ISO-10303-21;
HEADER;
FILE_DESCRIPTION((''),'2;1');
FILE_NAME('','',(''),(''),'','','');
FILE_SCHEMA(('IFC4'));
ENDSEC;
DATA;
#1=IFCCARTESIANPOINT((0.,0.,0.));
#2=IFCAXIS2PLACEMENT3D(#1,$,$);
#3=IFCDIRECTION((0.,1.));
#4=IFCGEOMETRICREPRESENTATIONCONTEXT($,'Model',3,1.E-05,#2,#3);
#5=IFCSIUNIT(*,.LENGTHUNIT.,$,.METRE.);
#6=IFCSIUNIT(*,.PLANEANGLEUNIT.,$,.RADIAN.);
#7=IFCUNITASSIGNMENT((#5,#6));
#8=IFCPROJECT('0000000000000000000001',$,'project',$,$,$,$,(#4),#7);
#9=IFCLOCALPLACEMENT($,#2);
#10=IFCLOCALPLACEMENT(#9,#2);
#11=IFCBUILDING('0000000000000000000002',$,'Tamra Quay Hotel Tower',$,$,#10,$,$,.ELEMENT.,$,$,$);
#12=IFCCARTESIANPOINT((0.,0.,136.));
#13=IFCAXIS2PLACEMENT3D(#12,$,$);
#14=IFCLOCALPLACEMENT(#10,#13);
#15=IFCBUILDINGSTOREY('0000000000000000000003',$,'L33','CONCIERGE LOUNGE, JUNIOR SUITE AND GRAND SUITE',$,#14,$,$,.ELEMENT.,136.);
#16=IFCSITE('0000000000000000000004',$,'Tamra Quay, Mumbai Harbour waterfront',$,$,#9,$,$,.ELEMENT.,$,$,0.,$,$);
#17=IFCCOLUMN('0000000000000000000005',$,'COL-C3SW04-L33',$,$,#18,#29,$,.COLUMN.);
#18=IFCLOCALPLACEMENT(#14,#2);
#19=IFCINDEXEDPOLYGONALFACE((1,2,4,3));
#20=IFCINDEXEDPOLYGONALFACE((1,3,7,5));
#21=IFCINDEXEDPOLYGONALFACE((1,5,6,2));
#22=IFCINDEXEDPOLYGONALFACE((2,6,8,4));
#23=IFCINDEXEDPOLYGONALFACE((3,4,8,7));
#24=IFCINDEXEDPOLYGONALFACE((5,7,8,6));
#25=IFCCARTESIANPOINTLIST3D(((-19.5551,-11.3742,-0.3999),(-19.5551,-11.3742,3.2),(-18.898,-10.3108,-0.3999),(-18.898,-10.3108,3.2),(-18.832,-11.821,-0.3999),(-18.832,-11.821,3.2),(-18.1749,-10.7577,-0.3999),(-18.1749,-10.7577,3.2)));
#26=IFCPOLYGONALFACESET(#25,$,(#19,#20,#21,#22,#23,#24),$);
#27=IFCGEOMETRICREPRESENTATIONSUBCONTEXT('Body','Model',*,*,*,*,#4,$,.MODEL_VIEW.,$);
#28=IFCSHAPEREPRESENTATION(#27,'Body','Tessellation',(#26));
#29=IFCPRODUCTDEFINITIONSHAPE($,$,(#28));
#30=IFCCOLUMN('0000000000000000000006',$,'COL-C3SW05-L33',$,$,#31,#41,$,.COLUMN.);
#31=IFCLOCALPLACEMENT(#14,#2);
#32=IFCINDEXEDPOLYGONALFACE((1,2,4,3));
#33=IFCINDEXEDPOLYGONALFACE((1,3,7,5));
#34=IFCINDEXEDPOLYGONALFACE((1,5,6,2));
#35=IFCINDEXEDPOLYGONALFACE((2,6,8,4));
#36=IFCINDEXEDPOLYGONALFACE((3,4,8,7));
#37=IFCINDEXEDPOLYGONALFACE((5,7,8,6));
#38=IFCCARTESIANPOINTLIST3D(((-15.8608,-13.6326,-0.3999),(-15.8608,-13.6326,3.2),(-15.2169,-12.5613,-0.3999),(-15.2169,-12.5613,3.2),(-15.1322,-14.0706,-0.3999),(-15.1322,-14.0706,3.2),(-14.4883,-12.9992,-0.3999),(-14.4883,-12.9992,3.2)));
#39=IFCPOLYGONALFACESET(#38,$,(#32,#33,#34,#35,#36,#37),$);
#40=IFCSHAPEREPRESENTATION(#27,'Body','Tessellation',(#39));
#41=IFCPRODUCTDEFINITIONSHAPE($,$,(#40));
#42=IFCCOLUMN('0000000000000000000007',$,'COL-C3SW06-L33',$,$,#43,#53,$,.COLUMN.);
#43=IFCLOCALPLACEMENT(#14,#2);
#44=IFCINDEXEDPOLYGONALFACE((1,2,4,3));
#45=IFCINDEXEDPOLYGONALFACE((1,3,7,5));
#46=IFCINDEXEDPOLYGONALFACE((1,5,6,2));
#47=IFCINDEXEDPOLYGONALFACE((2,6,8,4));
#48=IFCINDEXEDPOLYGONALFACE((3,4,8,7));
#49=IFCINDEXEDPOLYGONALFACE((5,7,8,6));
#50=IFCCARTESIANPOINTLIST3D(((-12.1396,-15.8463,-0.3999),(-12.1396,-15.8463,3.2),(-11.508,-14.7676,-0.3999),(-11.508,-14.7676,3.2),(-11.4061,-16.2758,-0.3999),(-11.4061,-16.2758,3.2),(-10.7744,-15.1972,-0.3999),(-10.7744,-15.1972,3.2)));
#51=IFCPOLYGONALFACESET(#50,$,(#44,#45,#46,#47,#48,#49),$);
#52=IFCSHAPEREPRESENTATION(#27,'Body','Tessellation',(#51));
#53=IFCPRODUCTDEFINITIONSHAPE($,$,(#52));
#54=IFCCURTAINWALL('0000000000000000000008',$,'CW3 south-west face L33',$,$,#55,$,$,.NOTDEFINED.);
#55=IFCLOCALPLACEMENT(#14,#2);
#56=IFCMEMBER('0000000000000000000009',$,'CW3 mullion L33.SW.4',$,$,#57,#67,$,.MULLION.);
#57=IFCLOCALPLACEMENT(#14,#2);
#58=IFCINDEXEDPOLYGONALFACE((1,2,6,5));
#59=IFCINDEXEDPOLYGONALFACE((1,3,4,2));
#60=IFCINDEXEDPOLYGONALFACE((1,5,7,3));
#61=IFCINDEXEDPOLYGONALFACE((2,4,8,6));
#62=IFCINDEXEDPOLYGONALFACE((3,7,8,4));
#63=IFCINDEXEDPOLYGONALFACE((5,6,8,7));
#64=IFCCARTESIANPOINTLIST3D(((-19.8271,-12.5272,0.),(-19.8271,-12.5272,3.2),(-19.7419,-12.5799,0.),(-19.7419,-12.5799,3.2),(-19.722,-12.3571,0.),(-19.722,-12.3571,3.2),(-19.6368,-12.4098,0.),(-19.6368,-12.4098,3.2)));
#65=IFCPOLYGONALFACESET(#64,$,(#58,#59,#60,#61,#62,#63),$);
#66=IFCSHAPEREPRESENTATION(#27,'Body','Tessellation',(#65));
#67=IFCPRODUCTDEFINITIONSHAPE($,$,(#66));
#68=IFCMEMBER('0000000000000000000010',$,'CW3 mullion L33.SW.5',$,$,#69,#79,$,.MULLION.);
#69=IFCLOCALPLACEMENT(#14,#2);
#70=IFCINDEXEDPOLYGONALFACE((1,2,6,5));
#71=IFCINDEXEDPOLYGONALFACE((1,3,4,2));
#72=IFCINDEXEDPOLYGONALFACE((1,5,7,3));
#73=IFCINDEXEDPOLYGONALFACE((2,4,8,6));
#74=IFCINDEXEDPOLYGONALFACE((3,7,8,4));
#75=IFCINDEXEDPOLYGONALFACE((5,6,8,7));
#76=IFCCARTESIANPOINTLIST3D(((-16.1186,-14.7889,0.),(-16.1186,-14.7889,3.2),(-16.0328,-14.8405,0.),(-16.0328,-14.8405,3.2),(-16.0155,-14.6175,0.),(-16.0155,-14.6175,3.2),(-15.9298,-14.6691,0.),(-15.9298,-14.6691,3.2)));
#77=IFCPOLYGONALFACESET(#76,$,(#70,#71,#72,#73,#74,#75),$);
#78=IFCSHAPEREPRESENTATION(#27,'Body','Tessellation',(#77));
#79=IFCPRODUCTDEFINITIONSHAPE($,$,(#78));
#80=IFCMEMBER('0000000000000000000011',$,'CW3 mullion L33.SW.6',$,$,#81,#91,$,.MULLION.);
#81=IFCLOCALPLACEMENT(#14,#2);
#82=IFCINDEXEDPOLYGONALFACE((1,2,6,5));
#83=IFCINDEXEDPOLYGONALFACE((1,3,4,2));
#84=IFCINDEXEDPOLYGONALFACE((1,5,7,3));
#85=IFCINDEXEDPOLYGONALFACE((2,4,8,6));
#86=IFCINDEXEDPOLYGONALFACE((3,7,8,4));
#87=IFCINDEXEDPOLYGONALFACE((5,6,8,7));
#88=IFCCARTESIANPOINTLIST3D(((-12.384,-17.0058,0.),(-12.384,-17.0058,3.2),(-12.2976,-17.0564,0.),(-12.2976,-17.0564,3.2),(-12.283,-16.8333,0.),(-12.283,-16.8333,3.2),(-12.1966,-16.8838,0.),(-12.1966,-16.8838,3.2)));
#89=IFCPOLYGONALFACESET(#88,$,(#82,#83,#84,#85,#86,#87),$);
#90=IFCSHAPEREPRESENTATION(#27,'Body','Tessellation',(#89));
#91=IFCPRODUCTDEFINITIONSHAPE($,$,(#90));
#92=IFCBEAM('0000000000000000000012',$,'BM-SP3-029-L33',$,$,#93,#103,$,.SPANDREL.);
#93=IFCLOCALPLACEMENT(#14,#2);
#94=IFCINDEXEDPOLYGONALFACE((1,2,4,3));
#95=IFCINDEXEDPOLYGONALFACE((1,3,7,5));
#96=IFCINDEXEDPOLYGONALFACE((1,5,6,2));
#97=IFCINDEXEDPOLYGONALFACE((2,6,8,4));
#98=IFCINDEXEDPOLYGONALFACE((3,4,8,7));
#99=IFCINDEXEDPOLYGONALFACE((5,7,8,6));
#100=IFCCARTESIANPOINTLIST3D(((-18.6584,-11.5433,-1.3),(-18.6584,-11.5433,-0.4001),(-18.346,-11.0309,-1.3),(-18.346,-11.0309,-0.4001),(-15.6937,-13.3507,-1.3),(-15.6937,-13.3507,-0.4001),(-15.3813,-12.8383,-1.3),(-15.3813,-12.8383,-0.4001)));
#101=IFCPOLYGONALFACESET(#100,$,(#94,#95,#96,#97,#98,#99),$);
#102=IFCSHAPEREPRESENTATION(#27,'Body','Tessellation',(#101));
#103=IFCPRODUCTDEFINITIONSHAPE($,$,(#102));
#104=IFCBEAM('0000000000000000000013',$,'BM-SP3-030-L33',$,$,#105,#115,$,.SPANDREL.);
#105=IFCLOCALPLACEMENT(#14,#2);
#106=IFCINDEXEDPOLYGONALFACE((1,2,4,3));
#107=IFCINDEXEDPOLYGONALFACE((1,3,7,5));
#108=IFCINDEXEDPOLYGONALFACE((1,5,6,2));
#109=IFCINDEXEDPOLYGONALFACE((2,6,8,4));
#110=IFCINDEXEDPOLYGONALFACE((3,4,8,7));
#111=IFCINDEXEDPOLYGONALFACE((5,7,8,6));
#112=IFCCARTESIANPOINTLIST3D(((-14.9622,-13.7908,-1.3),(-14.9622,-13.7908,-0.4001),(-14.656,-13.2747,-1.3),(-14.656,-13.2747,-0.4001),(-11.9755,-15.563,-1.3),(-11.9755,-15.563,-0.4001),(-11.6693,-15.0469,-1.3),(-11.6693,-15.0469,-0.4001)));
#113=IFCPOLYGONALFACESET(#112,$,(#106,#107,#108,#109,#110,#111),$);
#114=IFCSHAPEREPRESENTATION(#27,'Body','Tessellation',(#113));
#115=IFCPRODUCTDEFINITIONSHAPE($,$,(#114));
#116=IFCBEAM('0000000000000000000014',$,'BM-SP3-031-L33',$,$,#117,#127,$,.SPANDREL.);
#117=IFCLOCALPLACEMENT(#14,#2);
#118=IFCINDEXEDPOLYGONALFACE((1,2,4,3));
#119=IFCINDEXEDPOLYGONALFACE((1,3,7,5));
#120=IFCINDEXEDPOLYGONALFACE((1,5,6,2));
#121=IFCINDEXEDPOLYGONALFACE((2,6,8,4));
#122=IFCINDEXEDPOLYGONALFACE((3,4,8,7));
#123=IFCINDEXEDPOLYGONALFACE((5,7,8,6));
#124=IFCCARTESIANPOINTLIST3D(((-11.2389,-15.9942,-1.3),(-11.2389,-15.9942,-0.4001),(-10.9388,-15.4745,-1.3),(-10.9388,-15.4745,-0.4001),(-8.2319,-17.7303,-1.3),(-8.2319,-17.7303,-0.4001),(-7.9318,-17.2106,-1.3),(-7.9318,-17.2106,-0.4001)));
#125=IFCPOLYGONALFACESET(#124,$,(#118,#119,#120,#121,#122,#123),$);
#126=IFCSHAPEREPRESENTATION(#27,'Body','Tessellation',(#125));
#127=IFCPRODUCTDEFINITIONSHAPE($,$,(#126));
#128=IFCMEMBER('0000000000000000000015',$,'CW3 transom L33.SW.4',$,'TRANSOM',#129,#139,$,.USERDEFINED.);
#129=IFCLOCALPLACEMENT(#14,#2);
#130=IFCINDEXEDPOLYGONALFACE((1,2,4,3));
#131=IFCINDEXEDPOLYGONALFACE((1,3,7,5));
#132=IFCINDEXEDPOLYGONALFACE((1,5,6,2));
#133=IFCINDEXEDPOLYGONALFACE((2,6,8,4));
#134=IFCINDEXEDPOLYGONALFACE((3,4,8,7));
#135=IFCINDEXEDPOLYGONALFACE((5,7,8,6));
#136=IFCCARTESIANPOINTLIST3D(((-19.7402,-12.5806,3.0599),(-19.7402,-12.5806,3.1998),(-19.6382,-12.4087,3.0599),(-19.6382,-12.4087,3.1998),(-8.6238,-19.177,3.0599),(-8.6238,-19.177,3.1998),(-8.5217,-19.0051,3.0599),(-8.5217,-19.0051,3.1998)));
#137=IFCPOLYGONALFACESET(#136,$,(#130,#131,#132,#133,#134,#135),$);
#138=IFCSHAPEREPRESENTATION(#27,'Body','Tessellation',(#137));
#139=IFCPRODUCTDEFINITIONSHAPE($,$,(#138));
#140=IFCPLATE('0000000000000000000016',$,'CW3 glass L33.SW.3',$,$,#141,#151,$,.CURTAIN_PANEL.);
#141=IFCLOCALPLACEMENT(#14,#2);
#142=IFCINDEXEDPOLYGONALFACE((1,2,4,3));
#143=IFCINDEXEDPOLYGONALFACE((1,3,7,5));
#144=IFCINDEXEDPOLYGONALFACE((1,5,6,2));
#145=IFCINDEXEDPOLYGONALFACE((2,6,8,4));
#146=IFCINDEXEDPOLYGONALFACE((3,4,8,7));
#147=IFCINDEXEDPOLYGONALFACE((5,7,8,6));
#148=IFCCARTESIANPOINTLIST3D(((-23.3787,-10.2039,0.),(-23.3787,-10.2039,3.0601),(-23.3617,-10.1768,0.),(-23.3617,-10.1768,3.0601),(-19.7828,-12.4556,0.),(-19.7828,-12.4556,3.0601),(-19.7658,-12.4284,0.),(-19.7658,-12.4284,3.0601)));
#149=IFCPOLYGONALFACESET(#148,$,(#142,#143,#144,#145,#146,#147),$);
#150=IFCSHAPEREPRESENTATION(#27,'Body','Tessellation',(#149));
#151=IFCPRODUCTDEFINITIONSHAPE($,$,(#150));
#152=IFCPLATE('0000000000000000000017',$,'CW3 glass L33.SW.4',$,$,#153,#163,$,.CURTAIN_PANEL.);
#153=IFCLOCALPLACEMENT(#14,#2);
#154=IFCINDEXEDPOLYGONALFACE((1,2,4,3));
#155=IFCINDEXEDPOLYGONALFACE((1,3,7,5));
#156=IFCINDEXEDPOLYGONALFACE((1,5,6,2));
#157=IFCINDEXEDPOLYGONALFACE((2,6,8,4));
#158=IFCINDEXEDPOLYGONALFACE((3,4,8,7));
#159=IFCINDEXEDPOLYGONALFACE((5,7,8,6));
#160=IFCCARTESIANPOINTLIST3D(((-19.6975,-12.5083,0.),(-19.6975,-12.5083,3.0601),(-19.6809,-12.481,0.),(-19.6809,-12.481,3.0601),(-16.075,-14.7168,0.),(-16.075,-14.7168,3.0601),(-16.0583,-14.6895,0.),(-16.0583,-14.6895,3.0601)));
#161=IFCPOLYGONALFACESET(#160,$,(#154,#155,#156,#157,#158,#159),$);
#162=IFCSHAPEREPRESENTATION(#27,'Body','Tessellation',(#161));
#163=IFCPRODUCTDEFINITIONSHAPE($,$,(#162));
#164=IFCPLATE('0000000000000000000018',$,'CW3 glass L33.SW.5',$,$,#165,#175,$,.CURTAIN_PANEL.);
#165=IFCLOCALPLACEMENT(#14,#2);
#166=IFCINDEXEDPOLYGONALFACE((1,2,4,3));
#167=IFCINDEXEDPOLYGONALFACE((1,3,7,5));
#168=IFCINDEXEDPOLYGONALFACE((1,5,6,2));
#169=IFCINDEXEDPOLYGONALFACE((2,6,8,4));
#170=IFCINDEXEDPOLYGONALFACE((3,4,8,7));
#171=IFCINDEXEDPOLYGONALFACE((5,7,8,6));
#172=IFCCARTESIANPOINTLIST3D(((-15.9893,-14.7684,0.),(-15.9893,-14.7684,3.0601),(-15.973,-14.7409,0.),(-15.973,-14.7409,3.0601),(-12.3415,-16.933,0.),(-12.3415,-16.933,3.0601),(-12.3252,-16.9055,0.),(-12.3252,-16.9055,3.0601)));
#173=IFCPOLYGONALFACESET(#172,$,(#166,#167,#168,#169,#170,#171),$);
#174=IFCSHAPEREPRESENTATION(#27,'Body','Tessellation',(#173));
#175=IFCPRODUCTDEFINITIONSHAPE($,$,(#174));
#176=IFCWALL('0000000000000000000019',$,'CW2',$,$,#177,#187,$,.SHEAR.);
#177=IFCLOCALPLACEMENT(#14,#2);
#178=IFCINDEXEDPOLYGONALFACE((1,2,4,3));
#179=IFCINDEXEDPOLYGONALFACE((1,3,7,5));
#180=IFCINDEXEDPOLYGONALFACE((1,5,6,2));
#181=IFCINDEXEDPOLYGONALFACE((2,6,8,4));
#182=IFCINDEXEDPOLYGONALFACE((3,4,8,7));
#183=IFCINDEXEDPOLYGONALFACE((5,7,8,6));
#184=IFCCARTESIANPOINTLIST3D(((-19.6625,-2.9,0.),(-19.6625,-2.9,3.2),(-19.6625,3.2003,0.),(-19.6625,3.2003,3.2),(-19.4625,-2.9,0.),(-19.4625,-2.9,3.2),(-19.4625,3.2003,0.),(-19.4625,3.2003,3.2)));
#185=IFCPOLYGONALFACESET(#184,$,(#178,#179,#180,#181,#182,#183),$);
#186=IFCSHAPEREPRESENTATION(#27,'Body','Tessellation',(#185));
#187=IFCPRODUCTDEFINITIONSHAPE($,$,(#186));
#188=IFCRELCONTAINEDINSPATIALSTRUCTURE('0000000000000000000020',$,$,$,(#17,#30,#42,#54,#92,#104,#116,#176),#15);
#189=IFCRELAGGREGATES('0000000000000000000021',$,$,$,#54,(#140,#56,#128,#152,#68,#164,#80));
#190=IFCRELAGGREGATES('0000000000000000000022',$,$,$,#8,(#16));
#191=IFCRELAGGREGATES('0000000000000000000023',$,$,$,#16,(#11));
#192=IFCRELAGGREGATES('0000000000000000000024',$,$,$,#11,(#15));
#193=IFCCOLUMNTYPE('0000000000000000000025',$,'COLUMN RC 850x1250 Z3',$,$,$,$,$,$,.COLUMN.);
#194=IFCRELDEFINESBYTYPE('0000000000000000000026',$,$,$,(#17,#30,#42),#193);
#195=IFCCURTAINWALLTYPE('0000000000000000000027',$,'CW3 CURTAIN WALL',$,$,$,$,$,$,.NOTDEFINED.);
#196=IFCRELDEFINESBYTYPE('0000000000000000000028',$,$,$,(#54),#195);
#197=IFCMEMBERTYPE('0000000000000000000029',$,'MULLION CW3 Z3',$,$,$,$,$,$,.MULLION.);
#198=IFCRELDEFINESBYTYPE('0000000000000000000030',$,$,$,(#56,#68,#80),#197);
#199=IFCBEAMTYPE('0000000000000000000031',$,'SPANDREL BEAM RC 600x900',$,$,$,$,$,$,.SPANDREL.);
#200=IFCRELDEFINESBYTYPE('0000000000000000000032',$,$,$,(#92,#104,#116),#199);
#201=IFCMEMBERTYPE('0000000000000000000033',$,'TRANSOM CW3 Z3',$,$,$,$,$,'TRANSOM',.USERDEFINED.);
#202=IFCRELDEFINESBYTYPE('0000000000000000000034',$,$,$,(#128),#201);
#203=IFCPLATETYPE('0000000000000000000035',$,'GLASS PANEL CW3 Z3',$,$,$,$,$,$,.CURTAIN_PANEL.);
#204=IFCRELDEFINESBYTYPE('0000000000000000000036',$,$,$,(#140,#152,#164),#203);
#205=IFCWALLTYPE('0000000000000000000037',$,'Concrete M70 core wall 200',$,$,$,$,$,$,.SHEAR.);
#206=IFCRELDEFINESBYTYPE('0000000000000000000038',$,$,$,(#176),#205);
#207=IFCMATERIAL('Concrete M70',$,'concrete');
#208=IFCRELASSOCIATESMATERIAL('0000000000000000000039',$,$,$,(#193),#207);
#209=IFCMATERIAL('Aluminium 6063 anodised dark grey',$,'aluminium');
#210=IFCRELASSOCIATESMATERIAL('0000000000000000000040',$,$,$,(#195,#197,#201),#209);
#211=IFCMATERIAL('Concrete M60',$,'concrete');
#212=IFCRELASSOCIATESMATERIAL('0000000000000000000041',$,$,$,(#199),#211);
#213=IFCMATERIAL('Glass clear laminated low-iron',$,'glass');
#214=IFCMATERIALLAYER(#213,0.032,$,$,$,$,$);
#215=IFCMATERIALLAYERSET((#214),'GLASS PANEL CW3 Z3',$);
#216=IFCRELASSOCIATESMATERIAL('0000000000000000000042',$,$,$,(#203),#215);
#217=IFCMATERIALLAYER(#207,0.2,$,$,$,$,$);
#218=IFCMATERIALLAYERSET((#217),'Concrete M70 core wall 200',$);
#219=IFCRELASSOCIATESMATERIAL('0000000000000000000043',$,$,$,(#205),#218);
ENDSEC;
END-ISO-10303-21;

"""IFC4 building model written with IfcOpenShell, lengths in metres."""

from ifc_helpers import new_model, si_unit, direction, frame, frame_2d, origin, origin_2d, place, context, subcontext, project, spatial, rectangle, extrude, material, layer, layer_set, material_profile, profile_set, type_object, element, aggregate, save


model = new_model("IFC4")

# Units and contexts
model_context = context("Model", 3, precision=1e-05, world=origin(), true_north=direction((0.0, 1.0)))
body_context = subcontext(model_context, "Body", "Model", "MODEL_VIEW")
ifc_project = project(units=[si_unit("LENGTHUNIT", "METRE"), si_unit("PLANEANGLEUNIT", "RADIAN")], contexts=[model_context])

# Site, building, storey
site_placement = place(None, origin())
site = spatial("IfcSite", under=ifc_project, at=site_placement, Name="Tamra Quay, Mumbai Harbour waterfront", CompositionType="ELEMENT", RefElevation=0.0)
building_placement = place(site_placement, origin())
building = spatial("IfcBuilding", under=site, at=building_placement, Name="Tamra Quay Hotel Tower", CompositionType="ELEMENT")
storey_placement = place(building_placement, frame((0.0, 0.0, 136.0)))
storey = spatial("IfcBuildingStorey", under=building, at=storey_placement, Name="L33", Description="CONCIERGE LOUNGE, JUNIOR SUITE AND GRAND SUITE", CompositionType="ELEMENT", Elevation=136.0)

# Columns
ifc_material_1 = material(Name="Concrete M70", Category="concrete")
ifc_material_profile_1 = material_profile(ifc_material_1, rectangle(XDim=1.25, YDim=0.8501, at=origin_2d()), Name="COLUMN RC 850x1250 Z3")
ifc_profile_set_1 = profile_set([ifc_material_profile_1], Name="Concrete M70")
column_type = type_object("IfcColumnType", Name="COLUMN RC 850x1250 Z3", PredefinedType="COLUMN", material=ifc_profile_set_1)
for number, where, z_axis, x_axis, name in (
    (1, (-18.865, -11.0659, -0.3999), (0.0, 0.0, 1.0), (0.525677, 0.850685, 0.0), "COL-C3SW04-L33"),
    (2, (-15.1746, -13.3159, -0.3999), (0.0, 0.0, 1.0), (0.515162, 0.857093, 0.0), "COL-C3SW05-L33"),
    (3, (-11.457, -15.5217, -0.3999), (0.0, 0.0, 1.0), (0.505325, 0.862929, 0.0), "COL-C3SW06-L33"),
):
    element("IfcColumn", number, at=place(storey_placement, frame(where, z_axis=z_axis, x_axis=x_axis)), inside=storey, type_object=column_type, Name=name, PredefinedType="COLUMN", context=body_context, shape_type="SweptSolid", body=[
        extrude(rectangle(XDim=1.25, YDim=0.8501, at=origin_2d()), origin(), (0.0, 0.0, 1.0), 3.5999),
    ])

# Curtain wall, members
ifc_material_2 = material(Name="Aluminium 6063 anodised dark grey", Category="aluminium")
curtain_wall_type = type_object("IfcCurtainWallType", Name="CW3 CURTAIN WALL", PredefinedType="NOTDEFINED", material=ifc_material_2)
curtain_wall_placement = place(storey_placement, origin())
curtain_wall = element("IfcCurtainWall", 4, at=curtain_wall_placement, inside=storey, type_object=curtain_wall_type, Name="CW3 south-west face L33", PredefinedType="NOTDEFINED")
ifc_material_profile_2 = material_profile(ifc_material_2, rectangle(XDim=0.2, YDim=0.1001, at=origin_2d()), Name="MULLION 100X200")
ifc_profile_set_2 = profile_set([ifc_material_profile_2], Name="Aluminium 6063 anodised dark grey")
member_type_1 = type_object("IfcMemberType", Name="MULLION CW3 Z3", PredefinedType="MULLION", material=ifc_profile_set_2)
member_1_placement = place(storey_placement, frame((-19.7319, -12.4685, 0.0), z_axis=(0.0, 0.0, 1.0), x_axis=(-0.525646, -0.850703, 0.0)))
member_1 = element("IfcMember", 5, at=member_1_placement, type_object=member_type_1, Name="CW3 mullion L33.SW.4", PredefinedType="MULLION", context=body_context, shape_type="SweptSolid", body=[
    extrude(rectangle(XDim=0.2, YDim=0.1001, at=origin_2d()), origin(), (0.0, 0.0, 1.0), 3.2),
])
member_2_placement = place(storey_placement, frame((-16.0242, -14.729, 0.0), z_axis=(0.0, 0.0, 1.0), x_axis=(-0.515445, -0.856923, 0.0)))
member_2 = element("IfcMember", 6, at=member_2_placement, type_object=member_type_1, Name="CW3 mullion L33.SW.5", PredefinedType="MULLION", context=body_context, shape_type="SweptSolid", body=[
    extrude(rectangle(XDim=0.2, YDim=0.1001, at=origin_2d()), origin(), (0.0, 0.0, 1.0), 3.2),
])
member_3_placement = place(storey_placement, frame((-12.2903, -16.9448, 0.0), z_axis=(0.0, 0.0, 1.0), x_axis=(-0.505169, -0.863021, 0.0)))
member_3 = element("IfcMember", 7, at=member_3_placement, type_object=member_type_1, Name="CW3 mullion L33.SW.6", PredefinedType="MULLION", context=body_context, shape_type="SweptSolid", body=[
    extrude(rectangle(XDim=0.2, YDim=0.1001, at=origin_2d()), origin(), (0.0, 0.0, 1.0), 3.2),
])

# Beams
ifc_material_3 = material(Name="Concrete M60", Category="concrete")
ifc_material_profile_3 = material_profile(ifc_material_3, rectangle(XDim=0.6001, YDim=0.8999, at=origin_2d()), Name="SPANDREL BEAM RC 600x900")
ifc_profile_set_3 = profile_set([ifc_material_profile_3], Name="Concrete M60")
beam_type = type_object("IfcBeamType", Name="SPANDREL BEAM RC 600x900", PredefinedType="SPANDREL", material=ifc_profile_set_3)
beam_1_placement = place(storey_placement, frame((-18.5022, -11.2871, -0.8501), z_axis=(0.853836, -0.520542, 0.0), x_axis=(0.520542, 0.853836, 0.0)))
element("IfcBeam", 8, at=beam_1_placement, inside=storey, type_object=beam_type, Name="BM-SP3-029-L33", PredefinedType="SPANDREL", context=body_context, shape_type="SweptSolid", body=[
    extrude(rectangle(XDim=0.6001, YDim=0.8999, at=origin_2d()), origin(), (0.0, 0.0, 1.0), 3.4722),
])
beam_2_placement = place(storey_placement, frame((-14.8091, -13.5327, -0.8501), z_axis=(0.859989, -0.510313, 0.0), x_axis=(0.510313, 0.859989, 0.0)))
element("IfcBeam", 9, at=beam_2_placement, inside=storey, type_object=beam_type, Name="BM-SP3-030-L33", PredefinedType="SPANDREL", context=body_context, shape_type="SweptSolid", body=[
    extrude(rectangle(XDim=0.6001, YDim=0.8999, at=origin_2d()), origin(), (0.0, 0.0, 1.0), 3.4729),
])
beam_3_placement = place(storey_placement, frame((-11.0889, -15.7344, -0.8501), z_axis=(0.866032, -0.499988, 0.0), x_axis=(0.499988, 0.866032, 0.0)))
element("IfcBeam", 10, at=beam_3_placement, inside=storey, type_object=beam_type, Name="BM-SP3-031-L33", PredefinedType="SPANDREL", context=body_context, shape_type="SweptSolid", body=[
    extrude(rectangle(XDim=0.6001, YDim=0.8999, at=origin_2d()), origin(), (0.0, 0.0, 1.0), 3.4722),
])

# Member
ifc_material_profile_4 = material_profile(ifc_material_2, rectangle(XDim=0.2, YDim=0.1399, at=origin_2d()), Name="TRANSOM 200X140")
ifc_profile_set_4 = profile_set([ifc_material_profile_4], Name="Aluminium 6063 anodised dark grey")
member_type_2 = type_object("IfcMemberType", Name="TRANSOM CW3 Z3", ElementType="TRANSOM", PredefinedType="USERDEFINED", material=ifc_profile_set_4)
member_4_placement = place(storey_placement, frame((-19.6892, -12.4946, 3.1299), z_axis=(0.859989, -0.510312, 0.0), x_axis=(0.510312, 0.859989, 0.0)))
member_4 = element("IfcMember", 11, at=member_4_placement, type_object=member_type_2, Name="CW3 transom L33.SW.4", ObjectType="TRANSOM", PredefinedType="USERDEFINED", context=body_context, shape_type="SweptSolid", body=[
    extrude(rectangle(XDim=0.2, YDim=0.1399, at=origin_2d()), origin(), (0.0, 0.0, 1.0), 12.9263),
])

# Plates
ifc_material_4 = material(Name="Glass clear laminated low-iron", Category="glass")
ifc_layer_1 = layer(ifc_material_4, 0.032)
ifc_layer_set_1 = layer_set([ifc_layer_1], Name="GLASS PANEL CW3 Z3")
plate_type = type_object("IfcPlateType", Name="GLASS PANEL CW3 Z3", PredefinedType="CURTAIN_PANEL", material=ifc_layer_set_1)
plate_1_placement = place(storey_placement, frame((-21.5723, -11.3162, 0.0), z_axis=(0.0, 0.0, 1.0), x_axis=(0.847546, -0.530721, 0.0)))
plate_1 = element("IfcPlate", 12, at=plate_1_placement, type_object=plate_type, Name="CW3 glass L33.SW.3", PredefinedType="CURTAIN_PANEL", context=body_context, shape_type="SweptSolid", body=[
    extrude(rectangle(XDim=4.2427, YDim=0.032, at=origin_2d()), origin(), (0.0, 0.0, 1.0), 3.0601),
])
plate_2_placement = place(storey_placement, frame((-17.8779, -13.5989, 0.0), z_axis=(0.0, 0.0, 1.0), x_axis=(0.85383, -0.520552, 0.0)))
plate_2 = element("IfcPlate", 13, at=plate_2_placement, type_object=plate_type, Name="CW3 glass L33.SW.4", PredefinedType="CURTAIN_PANEL", context=body_context, shape_type="SweptSolid", body=[
    extrude(rectangle(XDim=4.2427, YDim=0.032, at=origin_2d()), origin(), (0.0, 0.0, 1.0), 3.0601),
])
plate_3_placement = place(storey_placement, frame((-14.1572, -15.8369, 0.0), z_axis=(0.0, 0.0, 1.0), x_axis=(0.859985, -0.510319, 0.0)))
plate_3 = element("IfcPlate", 14, at=plate_3_placement, type_object=plate_type, Name="CW3 glass L33.SW.5", PredefinedType="CURTAIN_PANEL", context=body_context, shape_type="SweptSolid", body=[
    extrude(rectangle(XDim=4.2417, YDim=0.032, at=origin_2d()), origin(), (0.0, 0.0, 1.0), 3.0601),
])
aggregate(curtain_wall, [plate_1, member_1, member_4, plate_2, member_2, plate_3, member_3])

# Wall
ifc_layer_2 = layer(ifc_material_1, 0.2)
ifc_layer_set_2 = layer_set([ifc_layer_2], Name="Concrete M70 core wall 200")
wall_type_1 = type_object("IfcWallType", Name="Concrete M70 core wall 200", PredefinedType="SHEAR", material=ifc_layer_set_2)
wall_1_placement = place(storey_placement, frame((-19.5625, -2.9001, 0.0), z_axis=(0.0, 0.0, 1.0), x_axis=(0.0, 1.0, 0.0)))
element("IfcWall", 15, at=wall_1_placement, inside=storey, type_object=wall_type_1, Name="CW2", PredefinedType="SHEAR", context=body_context, shape_type="SweptSolid", body=[
    extrude(rectangle(XDim=6.1003, YDim=0.2, at=frame_2d((3.0503, 0.0))), origin(), (0.0, 0.0, 1.0), 3.2),
])

save(model, "model.ifc")
